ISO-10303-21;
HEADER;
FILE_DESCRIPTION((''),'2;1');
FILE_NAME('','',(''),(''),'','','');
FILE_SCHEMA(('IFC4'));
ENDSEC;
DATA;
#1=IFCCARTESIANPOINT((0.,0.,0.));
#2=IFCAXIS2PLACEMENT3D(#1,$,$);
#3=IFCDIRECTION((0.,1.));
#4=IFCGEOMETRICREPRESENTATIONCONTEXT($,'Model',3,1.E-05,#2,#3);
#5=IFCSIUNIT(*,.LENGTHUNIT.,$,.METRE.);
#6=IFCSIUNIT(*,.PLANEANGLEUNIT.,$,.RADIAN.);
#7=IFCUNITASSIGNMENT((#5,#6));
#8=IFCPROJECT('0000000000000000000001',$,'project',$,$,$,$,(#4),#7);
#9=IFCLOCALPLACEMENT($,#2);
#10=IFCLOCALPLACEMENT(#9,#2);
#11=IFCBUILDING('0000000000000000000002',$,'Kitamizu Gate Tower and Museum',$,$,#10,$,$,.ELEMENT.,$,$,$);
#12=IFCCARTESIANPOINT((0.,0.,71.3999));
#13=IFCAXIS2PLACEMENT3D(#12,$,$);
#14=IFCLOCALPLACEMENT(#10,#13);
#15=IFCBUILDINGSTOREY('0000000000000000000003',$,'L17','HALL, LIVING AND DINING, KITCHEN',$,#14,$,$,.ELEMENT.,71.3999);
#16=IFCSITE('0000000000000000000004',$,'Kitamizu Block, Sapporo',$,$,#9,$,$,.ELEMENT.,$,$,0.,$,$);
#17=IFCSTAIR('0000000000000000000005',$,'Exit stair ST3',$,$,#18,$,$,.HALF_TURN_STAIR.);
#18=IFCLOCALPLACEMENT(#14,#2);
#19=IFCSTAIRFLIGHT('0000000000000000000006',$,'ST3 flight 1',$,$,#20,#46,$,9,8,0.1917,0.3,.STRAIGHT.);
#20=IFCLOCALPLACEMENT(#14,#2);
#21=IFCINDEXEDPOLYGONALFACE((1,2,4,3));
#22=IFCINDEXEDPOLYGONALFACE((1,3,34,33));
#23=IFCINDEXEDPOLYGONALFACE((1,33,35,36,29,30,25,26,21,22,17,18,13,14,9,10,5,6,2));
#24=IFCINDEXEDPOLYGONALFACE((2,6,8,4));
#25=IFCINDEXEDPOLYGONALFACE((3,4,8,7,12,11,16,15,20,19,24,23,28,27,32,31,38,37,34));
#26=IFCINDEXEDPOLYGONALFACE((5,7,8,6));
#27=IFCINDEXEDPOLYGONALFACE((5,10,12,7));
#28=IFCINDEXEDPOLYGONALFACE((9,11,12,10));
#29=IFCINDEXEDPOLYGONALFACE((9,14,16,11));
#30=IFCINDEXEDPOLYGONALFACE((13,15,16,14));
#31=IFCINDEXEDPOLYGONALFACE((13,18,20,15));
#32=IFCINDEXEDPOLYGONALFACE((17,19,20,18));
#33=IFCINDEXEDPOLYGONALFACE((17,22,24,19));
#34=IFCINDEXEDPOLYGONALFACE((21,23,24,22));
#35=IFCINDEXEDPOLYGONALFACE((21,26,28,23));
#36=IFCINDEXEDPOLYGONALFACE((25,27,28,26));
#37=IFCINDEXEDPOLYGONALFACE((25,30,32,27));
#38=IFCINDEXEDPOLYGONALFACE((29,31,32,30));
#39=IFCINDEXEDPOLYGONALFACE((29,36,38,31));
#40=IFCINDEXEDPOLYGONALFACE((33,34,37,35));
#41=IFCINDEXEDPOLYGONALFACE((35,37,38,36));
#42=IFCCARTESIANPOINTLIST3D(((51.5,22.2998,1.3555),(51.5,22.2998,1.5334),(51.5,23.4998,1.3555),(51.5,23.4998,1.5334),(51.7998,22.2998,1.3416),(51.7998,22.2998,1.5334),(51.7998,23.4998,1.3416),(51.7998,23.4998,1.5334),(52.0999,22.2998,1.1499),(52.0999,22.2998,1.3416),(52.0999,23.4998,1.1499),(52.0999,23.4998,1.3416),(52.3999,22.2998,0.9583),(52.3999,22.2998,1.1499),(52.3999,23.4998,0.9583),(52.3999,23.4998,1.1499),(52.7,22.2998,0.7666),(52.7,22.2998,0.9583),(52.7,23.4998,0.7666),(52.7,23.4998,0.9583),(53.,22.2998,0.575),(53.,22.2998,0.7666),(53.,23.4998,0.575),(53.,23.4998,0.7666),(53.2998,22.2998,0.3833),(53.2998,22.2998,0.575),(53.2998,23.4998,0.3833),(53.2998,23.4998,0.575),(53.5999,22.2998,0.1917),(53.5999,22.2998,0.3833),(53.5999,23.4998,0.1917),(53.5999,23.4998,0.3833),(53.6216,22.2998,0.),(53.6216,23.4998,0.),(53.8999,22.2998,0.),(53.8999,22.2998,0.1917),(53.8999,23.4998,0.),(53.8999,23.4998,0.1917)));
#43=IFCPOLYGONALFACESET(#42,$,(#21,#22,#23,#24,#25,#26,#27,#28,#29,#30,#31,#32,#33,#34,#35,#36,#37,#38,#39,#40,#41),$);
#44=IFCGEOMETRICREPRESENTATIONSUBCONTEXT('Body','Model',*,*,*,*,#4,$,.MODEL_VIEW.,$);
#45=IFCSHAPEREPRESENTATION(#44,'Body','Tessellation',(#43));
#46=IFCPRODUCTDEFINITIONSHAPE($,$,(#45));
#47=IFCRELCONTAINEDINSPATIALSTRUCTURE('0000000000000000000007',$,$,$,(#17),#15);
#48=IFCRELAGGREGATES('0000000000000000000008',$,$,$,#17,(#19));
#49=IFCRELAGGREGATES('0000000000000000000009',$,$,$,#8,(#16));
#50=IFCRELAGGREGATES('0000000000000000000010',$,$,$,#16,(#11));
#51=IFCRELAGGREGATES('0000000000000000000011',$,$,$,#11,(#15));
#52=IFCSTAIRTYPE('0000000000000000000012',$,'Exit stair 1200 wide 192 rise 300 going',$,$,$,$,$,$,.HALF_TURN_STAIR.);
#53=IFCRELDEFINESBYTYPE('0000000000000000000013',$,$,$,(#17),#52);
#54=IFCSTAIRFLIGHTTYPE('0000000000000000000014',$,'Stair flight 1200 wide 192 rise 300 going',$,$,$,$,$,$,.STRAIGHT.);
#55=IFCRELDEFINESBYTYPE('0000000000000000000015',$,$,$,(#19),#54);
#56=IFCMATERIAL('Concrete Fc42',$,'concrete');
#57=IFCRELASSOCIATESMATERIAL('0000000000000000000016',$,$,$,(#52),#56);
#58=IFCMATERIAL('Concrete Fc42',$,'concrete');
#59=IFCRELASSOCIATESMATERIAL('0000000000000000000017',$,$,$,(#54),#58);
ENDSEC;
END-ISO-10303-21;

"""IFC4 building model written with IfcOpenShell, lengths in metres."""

from ifc_helpers import new_model, si_unit, direction, frame, origin, place, context, subcontext, project, spatial, polyline, outline, extrude, material, type_object, element, aggregate, save


model = new_model("IFC4")

# Units and contexts
model_context = context("Model", 3, precision=1e-05, world=origin(), true_north=direction((0.0, 1.0)))
body_context = subcontext(model_context, "Body", "Model", "MODEL_VIEW")
ifc_project = project(units=[si_unit("LENGTHUNIT", "METRE"), si_unit("PLANEANGLEUNIT", "RADIAN")], contexts=[model_context])

# Site, building, storey
site_placement = place(None, origin())
site = spatial("IfcSite", under=ifc_project, at=site_placement, Name="Kitamizu Block, Sapporo", CompositionType="ELEMENT", RefElevation=0.0)
building_placement = place(site_placement, origin())
building = spatial("IfcBuilding", under=site, at=building_placement, Name="Kitamizu Gate Tower and Museum", CompositionType="ELEMENT")
storey_placement = place(building_placement, frame((0.0, 0.0, 71.3999)))
storey = spatial("IfcBuildingStorey", under=building, at=storey_placement, Name="L17", Description="HALL, LIVING AND DINING, KITCHEN", CompositionType="ELEMENT", Elevation=71.3999)

# Stair, stair flight
ifc_material_1 = material(Name="Concrete Fc42", Category="concrete")
stair_type = type_object("IfcStairType", Name="Exit stair 1200 wide 192 rise 300 going", PredefinedType="HALF_TURN_STAIR", material=ifc_material_1)
stair_placement = place(storey_placement, origin())
stair = element("IfcStair", 1, at=stair_placement, inside=storey, type_object=stair_type, Name="Exit stair ST3", PredefinedType="HALF_TURN_STAIR")
ifc_material_2 = material(Name="Concrete Fc42", Category="concrete")
stair_flight_type = type_object("IfcStairFlightType", Name="Stair flight 1200 wide 192 rise 300 going", PredefinedType="STRAIGHT", material=ifc_material_2)
stair_flight_placement = place(storey_placement, frame((53.8999, 22.8999, 0.0), z_axis=(0.0, 0.0, 1.0), x_axis=(-1.0, 0.0, 0.0)))
stair_flight = element("IfcStairFlight", 2, at=stair_flight_placement, type_object=stair_flight_type, Name="ST3 flight 1", NumberOfRisers=9, NumberOfTreads=8, PredefinedType="STRAIGHT", RiserHeight=0.1917, TreadLength=0.3, context=body_context, shape_type="SweptSolid", body=[
    extrude(outline(polyline([(0.0, 0.0), (0.0, 0.1917), (0.3, 0.1917), (0.3, 0.3833), (0.6001, 0.3833), (0.6001, 0.575), (0.8999, 0.575), (0.8999, 0.7666), (1.2, 0.7666), (1.2, 0.9583), (1.5, 0.9583), (1.5, 1.1499), (1.8, 1.1499), (1.8, 1.3416), (2.1001, 1.3416), (2.1001, 1.5334), (2.3999, 1.5334), (2.3999, 1.7251), (2.3999, 1.3555), (0.2783, 0.0), (0.0, 0.0)])), frame((0.0, 0.6001, 0.0), z_axis=(0.0, -1.0, 0.0), x_axis=(1.0, 0.0, 0.0)), (0.0, 0.0, 1.0), 1.2),
])
aggregate(stair, [stair_flight])

save(model, "model.ifc")
